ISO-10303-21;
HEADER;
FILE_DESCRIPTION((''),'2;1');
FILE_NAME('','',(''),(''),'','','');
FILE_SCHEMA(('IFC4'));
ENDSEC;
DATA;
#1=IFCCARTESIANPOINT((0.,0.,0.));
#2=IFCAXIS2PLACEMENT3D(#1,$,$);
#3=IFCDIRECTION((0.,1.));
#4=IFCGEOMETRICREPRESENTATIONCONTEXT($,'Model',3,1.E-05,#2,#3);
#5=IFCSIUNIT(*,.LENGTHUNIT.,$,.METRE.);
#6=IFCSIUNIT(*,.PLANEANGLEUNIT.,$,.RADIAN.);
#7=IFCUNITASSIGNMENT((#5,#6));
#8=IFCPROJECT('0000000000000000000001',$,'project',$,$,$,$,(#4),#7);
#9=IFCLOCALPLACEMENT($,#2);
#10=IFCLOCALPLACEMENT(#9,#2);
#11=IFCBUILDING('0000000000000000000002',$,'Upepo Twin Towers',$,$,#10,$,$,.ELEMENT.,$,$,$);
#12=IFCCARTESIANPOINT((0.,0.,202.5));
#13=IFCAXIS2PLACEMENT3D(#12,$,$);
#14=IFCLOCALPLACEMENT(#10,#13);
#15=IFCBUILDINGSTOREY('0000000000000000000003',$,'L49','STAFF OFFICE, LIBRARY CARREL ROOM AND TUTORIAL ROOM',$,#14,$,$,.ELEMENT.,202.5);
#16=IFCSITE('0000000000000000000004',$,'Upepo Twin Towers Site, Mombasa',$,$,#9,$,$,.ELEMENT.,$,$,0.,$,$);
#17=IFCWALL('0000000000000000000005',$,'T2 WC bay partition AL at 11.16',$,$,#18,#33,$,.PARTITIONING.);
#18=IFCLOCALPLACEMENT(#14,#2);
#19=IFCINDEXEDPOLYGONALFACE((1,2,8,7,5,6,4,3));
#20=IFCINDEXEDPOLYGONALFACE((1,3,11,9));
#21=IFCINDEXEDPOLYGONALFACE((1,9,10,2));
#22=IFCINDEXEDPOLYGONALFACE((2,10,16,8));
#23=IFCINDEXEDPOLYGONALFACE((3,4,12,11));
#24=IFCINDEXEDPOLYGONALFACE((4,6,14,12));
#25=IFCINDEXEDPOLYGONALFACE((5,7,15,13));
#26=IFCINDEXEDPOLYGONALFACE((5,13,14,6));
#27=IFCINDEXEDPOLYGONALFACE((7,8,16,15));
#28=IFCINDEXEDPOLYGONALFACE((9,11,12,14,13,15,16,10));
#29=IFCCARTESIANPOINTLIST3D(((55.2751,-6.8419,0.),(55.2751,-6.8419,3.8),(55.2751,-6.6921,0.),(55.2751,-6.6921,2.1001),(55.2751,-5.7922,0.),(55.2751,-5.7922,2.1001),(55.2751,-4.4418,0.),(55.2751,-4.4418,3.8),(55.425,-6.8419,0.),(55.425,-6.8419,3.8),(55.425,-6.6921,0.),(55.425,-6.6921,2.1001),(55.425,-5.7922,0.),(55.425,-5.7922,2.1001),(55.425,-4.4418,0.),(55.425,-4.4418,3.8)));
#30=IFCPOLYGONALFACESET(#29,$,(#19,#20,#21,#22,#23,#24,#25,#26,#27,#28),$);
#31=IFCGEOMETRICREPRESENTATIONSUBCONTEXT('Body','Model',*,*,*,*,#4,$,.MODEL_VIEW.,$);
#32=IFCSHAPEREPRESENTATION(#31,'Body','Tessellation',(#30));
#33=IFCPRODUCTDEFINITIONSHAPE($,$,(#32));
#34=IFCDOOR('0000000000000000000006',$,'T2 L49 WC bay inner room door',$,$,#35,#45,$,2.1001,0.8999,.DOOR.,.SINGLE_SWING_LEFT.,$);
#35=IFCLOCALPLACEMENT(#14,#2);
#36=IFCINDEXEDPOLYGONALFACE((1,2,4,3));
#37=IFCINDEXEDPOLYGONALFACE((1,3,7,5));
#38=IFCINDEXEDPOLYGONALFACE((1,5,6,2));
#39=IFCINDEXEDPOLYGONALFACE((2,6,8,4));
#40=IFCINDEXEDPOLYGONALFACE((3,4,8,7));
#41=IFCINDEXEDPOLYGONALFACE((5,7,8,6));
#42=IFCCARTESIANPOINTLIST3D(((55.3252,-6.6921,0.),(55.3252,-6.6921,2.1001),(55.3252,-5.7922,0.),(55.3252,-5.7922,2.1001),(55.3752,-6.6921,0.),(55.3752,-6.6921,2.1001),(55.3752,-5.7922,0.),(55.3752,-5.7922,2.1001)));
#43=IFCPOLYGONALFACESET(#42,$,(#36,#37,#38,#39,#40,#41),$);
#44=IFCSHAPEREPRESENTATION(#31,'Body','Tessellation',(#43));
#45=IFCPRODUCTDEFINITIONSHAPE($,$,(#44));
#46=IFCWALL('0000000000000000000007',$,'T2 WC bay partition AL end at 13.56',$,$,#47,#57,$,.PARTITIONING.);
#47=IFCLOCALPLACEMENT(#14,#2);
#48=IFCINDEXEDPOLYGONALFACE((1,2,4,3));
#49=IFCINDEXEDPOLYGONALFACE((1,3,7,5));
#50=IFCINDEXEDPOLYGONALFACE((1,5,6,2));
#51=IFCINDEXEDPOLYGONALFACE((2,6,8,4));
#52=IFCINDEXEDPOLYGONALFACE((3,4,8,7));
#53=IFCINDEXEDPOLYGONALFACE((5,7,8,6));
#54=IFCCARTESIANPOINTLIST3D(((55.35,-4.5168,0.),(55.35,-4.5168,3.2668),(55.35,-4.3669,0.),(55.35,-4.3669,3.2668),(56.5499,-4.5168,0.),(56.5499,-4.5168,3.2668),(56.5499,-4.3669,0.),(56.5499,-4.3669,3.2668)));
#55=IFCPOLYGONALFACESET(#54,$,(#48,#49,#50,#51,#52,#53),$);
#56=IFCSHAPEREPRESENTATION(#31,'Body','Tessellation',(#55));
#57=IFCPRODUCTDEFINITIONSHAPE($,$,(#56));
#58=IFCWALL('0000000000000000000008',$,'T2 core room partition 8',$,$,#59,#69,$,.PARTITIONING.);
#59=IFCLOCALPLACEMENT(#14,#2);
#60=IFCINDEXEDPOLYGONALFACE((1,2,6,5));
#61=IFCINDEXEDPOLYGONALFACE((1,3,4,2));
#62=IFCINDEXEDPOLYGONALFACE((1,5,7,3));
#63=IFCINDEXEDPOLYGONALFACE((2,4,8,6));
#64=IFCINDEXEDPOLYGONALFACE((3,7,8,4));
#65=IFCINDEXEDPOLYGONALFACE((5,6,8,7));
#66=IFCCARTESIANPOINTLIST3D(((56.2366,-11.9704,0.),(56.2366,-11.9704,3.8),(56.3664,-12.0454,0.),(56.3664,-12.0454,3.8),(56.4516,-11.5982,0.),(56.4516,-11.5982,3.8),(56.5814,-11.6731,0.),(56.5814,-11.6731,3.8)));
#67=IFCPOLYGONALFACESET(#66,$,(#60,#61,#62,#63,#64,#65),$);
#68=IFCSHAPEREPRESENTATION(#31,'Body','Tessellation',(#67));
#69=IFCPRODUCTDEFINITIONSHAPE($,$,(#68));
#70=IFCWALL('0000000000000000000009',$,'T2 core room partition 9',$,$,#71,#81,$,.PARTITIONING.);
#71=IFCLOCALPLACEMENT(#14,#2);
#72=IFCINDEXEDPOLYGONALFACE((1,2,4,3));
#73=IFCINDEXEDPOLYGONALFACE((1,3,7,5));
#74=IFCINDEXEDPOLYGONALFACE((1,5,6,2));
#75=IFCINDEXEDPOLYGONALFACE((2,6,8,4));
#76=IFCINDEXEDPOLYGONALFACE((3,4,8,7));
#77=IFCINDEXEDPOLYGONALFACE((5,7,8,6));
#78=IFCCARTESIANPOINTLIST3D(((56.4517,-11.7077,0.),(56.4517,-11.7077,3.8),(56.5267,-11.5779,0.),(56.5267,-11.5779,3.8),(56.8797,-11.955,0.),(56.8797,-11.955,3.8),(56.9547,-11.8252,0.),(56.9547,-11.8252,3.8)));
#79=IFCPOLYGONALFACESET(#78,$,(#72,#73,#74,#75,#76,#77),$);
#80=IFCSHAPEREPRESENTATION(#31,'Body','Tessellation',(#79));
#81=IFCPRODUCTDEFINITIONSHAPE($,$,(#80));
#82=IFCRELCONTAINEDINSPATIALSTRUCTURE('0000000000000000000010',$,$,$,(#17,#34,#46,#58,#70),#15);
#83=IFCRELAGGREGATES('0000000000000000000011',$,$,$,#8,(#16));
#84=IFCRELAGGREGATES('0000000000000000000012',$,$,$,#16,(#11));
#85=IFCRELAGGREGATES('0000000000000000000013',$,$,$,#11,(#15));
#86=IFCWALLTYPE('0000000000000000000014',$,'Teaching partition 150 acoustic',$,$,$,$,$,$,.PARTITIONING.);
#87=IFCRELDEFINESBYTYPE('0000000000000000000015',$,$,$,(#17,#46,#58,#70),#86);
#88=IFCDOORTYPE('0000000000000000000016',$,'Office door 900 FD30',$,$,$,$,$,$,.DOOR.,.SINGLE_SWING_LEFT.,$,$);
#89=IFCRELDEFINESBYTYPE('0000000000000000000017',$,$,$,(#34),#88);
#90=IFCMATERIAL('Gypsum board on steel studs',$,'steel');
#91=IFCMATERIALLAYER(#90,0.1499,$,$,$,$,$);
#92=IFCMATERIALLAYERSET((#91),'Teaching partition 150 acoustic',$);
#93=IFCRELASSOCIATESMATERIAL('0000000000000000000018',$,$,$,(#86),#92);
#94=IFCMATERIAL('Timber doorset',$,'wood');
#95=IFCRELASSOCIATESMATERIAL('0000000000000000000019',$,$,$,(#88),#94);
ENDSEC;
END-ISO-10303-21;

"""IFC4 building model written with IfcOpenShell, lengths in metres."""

from ifc_helpers import new_model, si_unit, direction, frame, frame_2d, origin, place, context, subcontext, project, spatial, rectangle, extrude, material, layer, layer_set, type_object, element, fill, save


model = new_model("IFC4")

# Units and contexts
model_context = context("Model", 3, precision=1e-05, world=origin(), true_north=direction((0.0, 1.0)))
body_context = subcontext(model_context, "Body", "Model", "MODEL_VIEW")
ifc_project = project(units=[si_unit("LENGTHUNIT", "METRE"), si_unit("PLANEANGLEUNIT", "RADIAN")], contexts=[model_context])

# Site, building, storey
site_placement = place(None, origin())
site = spatial("IfcSite", under=ifc_project, at=site_placement, Name="Upepo Twin Towers Site, Mombasa", CompositionType="ELEMENT", RefElevation=0.0)
building_placement = place(site_placement, origin())
building = spatial("IfcBuilding", under=site, at=building_placement, Name="Upepo Twin Towers", CompositionType="ELEMENT")
storey_placement = place(building_placement, frame((0.0, 0.0, 202.5)))
storey = spatial("IfcBuildingStorey", under=building, at=storey_placement, Name="L49", Description="STAFF OFFICE, LIBRARY CARREL ROOM AND TUTORIAL ROOM", CompositionType="ELEMENT", Elevation=202.5)

# Shared definitions
ifc_material_1 = material(Name="Gypsum board on steel studs", Category="steel")
ifc_layer_1 = layer(ifc_material_1, 0.1499)
ifc_layer_set_1 = layer_set([ifc_layer_1], Name="Teaching partition 150 acoustic")
wall_type_1 = type_object("IfcWallType", Name="Teaching partition 150 acoustic", PredefinedType="PARTITIONING", material=ifc_layer_set_1)

# Wall, opening, door
wall_1_placement = place(storey_placement, frame((55.3501, -6.842, 0.0), z_axis=(0.0, 0.0, 1.0), x_axis=(0.0, 1.0, 0.0)))
wall_1 = element("IfcWall", 1, at=wall_1_placement, inside=storey, type_object=wall_type_1, Name="T2 WC bay partition AL at 11.16", PredefinedType="PARTITIONING", context=body_context, shape_type="SweptSolid", body=[
    extrude(rectangle(XDim=2.4001, YDim=0.1499, at=frame_2d((1.2002, 0.0))), origin(), (0.0, 0.0, 1.0), 3.8),
])
opening_1_placement = place(wall_1_placement, frame((0.1499, 0.0, 0.0)))
opening_1 = element("IfcOpeningElement", 2, at=opening_1_placement, cuts=wall_1, PredefinedType="OPENING", context=body_context, shape_type="SweptSolid", body=[
    extrude(rectangle(XDim=0.8999, YDim=2.1001, at=frame_2d((0.45, 1.05))), frame((0.0, 0.085, 0.0), z_axis=(0.0, -1.0, 0.0), x_axis=(1.0, 0.0, 0.0)), (0.0, 0.0, 1.0), 0.1699),
])
ifc_material_2 = material(Name="Timber doorset", Category="wood")
door_type_1 = type_object("IfcDoorType", Name="Office door 900 FD30", OperationType="SINGLE_SWING_LEFT", PredefinedType="DOOR", material=ifc_material_2)
door_1_placement = place(opening_1_placement, origin())
door_1 = element("IfcDoor", 3, at=door_1_placement, inside=storey, type_object=door_type_1, Name="T2 L49 WC bay inner room door", OperationType="SINGLE_SWING_LEFT", OverallHeight=2.1001, OverallWidth=0.8999, PredefinedType="DOOR", context=body_context, shape_type="SweptSolid", body=[
    extrude(rectangle(XDim=0.8999, YDim=2.1001, at=frame_2d((0.45, 1.05))), frame((0.0, 0.0249, 0.0), z_axis=(0.0, -1.0, 0.0), x_axis=(1.0, 0.0, 0.0)), (0.0, 0.0, 1.0), 0.05),
])
fill(opening_1, door_1)

# Walls
wall_2_placement = place(storey_placement, frame((56.55, -4.4419, 0.0), z_axis=(0.0, 0.0, 1.0), x_axis=(-1.0, 0.0, 0.0)))
element("IfcWall", 4, at=wall_2_placement, inside=storey, type_object=wall_type_1, Name="T2 WC bay partition AL end at 13.56", PredefinedType="PARTITIONING", context=body_context, shape_type="SweptSolid", body=[
    extrude(rectangle(XDim=1.2, YDim=0.1499, at=frame_2d((0.6001, 0.0))), origin(), (0.0, 0.0, 1.0), 3.2668),
])
wall_3_placement = place(storey_placement, frame((56.3015, -12.0078, 0.0), z_axis=(0.0, 0.0, 1.0), x_axis=(0.50023, 0.865892, 0.0)))
element("IfcWall", 5, at=wall_3_placement, inside=storey, type_object=wall_type_1, Name="T2 core room partition 8", PredefinedType="PARTITIONING", context=body_context, shape_type="SweptSolid", body=[
    extrude(rectangle(XDim=0.4299, YDim=0.1499, at=frame_2d((0.2148, 0.0))), origin(), (0.0, 0.0, 1.0), 3.8),
])
wall_4_placement = place(storey_placement, frame((56.4893, -11.6428, 0.0), z_axis=(0.0, 0.0, 1.0), x_axis=(0.865832, -0.500335, 0.0)))
element("IfcWall", 6, at=wall_4_placement, inside=storey, type_object=wall_type_1, Name="T2 core room partition 9", PredefinedType="PARTITIONING", context=body_context, shape_type="SweptSolid", body=[
    extrude(rectangle(XDim=0.4944, YDim=0.1499, at=frame_2d((0.2471, 0.0))), origin(), (0.0, 0.0, 1.0), 3.8),
])

save(model, "model.ifc")
